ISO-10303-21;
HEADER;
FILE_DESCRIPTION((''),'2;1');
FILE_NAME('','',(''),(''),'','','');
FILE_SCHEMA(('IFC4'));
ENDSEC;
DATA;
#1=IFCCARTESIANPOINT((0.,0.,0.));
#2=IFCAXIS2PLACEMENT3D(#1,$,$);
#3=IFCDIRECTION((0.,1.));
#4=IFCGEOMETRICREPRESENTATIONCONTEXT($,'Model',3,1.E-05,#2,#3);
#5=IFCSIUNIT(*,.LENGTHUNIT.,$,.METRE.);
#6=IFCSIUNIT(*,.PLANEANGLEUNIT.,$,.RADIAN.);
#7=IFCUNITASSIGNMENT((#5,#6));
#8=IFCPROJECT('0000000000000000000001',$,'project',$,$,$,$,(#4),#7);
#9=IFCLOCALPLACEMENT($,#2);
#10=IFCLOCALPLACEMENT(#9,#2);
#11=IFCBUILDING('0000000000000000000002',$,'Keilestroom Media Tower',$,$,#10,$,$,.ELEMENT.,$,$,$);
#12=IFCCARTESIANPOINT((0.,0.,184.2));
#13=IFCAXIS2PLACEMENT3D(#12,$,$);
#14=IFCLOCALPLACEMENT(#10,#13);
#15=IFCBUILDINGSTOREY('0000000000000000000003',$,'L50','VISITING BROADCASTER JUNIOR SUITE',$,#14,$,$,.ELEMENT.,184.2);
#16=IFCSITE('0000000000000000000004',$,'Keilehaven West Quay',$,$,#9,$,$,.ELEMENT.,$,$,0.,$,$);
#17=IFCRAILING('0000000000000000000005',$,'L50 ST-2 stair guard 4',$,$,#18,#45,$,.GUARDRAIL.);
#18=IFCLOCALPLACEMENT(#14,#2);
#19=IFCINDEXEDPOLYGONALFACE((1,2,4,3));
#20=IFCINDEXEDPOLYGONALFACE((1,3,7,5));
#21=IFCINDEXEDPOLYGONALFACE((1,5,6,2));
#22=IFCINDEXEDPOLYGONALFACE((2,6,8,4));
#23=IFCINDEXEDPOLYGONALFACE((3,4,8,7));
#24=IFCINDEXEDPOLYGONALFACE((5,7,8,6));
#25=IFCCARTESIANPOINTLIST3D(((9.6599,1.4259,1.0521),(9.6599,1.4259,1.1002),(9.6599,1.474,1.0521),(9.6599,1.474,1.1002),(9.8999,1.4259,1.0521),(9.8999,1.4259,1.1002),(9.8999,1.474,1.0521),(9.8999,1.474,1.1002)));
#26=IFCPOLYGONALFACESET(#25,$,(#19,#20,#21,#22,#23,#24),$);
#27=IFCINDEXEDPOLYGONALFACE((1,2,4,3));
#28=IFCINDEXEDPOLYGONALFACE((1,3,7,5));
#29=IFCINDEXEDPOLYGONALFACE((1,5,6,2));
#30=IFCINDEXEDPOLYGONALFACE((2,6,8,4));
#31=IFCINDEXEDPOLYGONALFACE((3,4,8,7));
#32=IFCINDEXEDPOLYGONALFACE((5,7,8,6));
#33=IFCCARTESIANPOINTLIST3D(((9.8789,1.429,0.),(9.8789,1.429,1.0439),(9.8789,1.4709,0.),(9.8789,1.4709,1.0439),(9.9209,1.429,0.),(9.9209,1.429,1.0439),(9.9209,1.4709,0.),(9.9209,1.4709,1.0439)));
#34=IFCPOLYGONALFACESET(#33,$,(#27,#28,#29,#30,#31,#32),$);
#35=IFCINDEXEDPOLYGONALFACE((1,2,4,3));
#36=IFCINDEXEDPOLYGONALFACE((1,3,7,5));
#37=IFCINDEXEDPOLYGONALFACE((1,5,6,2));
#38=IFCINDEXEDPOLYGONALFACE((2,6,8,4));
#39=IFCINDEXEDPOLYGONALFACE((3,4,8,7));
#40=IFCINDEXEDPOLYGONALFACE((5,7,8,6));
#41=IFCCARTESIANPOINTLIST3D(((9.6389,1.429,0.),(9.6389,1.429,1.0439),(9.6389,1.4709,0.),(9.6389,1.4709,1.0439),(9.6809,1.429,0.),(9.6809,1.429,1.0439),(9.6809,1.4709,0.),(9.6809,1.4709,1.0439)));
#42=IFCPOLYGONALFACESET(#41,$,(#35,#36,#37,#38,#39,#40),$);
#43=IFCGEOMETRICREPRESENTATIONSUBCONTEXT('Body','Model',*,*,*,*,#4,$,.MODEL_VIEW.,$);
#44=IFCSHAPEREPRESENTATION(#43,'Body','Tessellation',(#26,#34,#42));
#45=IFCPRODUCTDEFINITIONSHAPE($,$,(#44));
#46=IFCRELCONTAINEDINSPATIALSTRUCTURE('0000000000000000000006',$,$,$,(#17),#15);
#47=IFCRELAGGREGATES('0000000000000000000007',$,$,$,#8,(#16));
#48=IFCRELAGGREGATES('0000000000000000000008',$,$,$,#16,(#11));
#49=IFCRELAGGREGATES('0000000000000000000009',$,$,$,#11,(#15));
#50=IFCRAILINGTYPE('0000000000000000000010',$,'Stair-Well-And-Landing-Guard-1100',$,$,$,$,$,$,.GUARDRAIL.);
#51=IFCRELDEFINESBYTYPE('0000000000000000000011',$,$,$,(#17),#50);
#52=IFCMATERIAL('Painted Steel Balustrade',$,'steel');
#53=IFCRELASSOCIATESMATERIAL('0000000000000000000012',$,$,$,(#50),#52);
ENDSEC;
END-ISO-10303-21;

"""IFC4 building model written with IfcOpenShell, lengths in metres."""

from ifc_helpers import new_model, si_unit, direction, frame, origin, origin_2d, place, context, subcontext, project, spatial, rectangle, extrude, material, type_object, element, save


model = new_model("IFC4")

# Units and contexts
model_context = context("Model", 3, precision=1e-05, world=origin(), true_north=direction((0.0, 1.0)))
body_context = subcontext(model_context, "Body", "Model", "MODEL_VIEW")
ifc_project = project(units=[si_unit("LENGTHUNIT", "METRE"), si_unit("PLANEANGLEUNIT", "RADIAN")], contexts=[model_context])

# Site, building, storey
site_placement = place(None, origin())
site = spatial("IfcSite", under=ifc_project, at=site_placement, Name="Keilehaven West Quay", CompositionType="ELEMENT", RefElevation=0.0)
building_placement = place(site_placement, origin())
building = spatial("IfcBuilding", under=site, at=building_placement, Name="Keilestroom Media Tower", CompositionType="ELEMENT")
storey_placement = place(building_placement, frame((0.0, 0.0, 184.2)))
storey = spatial("IfcBuildingStorey", under=building, at=storey_placement, Name="L50", Description="VISITING BROADCASTER JUNIOR SUITE", CompositionType="ELEMENT", Elevation=184.2)

# Railing
ifc_material_1 = material(Name="Painted Steel Balustrade", Category="steel")
railing_type_1 = type_object("IfcRailingType", Name="Stair-Well-And-Landing-Guard-1100", PredefinedType="GUARDRAIL", material=ifc_material_1)
railing_1_placement = place(storey_placement, frame((9.8999, 1.45, 0.0)))
element("IfcRailing", 1, at=railing_1_placement, inside=storey, type_object=railing_type_1, Name="L50 ST-2 stair guard 4", PredefinedType="GUARDRAIL", context=body_context, shape_type="SweptSolid", body=[
    extrude(rectangle(XDim=0.0481, YDim=0.0481, at=origin_2d()), frame((0.0, 0.0, 1.0762), z_axis=(-1.0, 0.0, 0.0), x_axis=(0.0, -1.0, 0.0)), (0.0, 0.0, 1.0), 0.24),
    extrude(rectangle(XDim=0.042, YDim=0.042, at=origin_2d()), origin(), (0.0, 0.0, 1.0), 1.0439),
    extrude(rectangle(XDim=0.042, YDim=0.042, at=origin_2d()), frame((-0.24, 0.0, 0.0)), (0.0, 0.0, 1.0), 1.0439),
])

save(model, "model.ifc")
